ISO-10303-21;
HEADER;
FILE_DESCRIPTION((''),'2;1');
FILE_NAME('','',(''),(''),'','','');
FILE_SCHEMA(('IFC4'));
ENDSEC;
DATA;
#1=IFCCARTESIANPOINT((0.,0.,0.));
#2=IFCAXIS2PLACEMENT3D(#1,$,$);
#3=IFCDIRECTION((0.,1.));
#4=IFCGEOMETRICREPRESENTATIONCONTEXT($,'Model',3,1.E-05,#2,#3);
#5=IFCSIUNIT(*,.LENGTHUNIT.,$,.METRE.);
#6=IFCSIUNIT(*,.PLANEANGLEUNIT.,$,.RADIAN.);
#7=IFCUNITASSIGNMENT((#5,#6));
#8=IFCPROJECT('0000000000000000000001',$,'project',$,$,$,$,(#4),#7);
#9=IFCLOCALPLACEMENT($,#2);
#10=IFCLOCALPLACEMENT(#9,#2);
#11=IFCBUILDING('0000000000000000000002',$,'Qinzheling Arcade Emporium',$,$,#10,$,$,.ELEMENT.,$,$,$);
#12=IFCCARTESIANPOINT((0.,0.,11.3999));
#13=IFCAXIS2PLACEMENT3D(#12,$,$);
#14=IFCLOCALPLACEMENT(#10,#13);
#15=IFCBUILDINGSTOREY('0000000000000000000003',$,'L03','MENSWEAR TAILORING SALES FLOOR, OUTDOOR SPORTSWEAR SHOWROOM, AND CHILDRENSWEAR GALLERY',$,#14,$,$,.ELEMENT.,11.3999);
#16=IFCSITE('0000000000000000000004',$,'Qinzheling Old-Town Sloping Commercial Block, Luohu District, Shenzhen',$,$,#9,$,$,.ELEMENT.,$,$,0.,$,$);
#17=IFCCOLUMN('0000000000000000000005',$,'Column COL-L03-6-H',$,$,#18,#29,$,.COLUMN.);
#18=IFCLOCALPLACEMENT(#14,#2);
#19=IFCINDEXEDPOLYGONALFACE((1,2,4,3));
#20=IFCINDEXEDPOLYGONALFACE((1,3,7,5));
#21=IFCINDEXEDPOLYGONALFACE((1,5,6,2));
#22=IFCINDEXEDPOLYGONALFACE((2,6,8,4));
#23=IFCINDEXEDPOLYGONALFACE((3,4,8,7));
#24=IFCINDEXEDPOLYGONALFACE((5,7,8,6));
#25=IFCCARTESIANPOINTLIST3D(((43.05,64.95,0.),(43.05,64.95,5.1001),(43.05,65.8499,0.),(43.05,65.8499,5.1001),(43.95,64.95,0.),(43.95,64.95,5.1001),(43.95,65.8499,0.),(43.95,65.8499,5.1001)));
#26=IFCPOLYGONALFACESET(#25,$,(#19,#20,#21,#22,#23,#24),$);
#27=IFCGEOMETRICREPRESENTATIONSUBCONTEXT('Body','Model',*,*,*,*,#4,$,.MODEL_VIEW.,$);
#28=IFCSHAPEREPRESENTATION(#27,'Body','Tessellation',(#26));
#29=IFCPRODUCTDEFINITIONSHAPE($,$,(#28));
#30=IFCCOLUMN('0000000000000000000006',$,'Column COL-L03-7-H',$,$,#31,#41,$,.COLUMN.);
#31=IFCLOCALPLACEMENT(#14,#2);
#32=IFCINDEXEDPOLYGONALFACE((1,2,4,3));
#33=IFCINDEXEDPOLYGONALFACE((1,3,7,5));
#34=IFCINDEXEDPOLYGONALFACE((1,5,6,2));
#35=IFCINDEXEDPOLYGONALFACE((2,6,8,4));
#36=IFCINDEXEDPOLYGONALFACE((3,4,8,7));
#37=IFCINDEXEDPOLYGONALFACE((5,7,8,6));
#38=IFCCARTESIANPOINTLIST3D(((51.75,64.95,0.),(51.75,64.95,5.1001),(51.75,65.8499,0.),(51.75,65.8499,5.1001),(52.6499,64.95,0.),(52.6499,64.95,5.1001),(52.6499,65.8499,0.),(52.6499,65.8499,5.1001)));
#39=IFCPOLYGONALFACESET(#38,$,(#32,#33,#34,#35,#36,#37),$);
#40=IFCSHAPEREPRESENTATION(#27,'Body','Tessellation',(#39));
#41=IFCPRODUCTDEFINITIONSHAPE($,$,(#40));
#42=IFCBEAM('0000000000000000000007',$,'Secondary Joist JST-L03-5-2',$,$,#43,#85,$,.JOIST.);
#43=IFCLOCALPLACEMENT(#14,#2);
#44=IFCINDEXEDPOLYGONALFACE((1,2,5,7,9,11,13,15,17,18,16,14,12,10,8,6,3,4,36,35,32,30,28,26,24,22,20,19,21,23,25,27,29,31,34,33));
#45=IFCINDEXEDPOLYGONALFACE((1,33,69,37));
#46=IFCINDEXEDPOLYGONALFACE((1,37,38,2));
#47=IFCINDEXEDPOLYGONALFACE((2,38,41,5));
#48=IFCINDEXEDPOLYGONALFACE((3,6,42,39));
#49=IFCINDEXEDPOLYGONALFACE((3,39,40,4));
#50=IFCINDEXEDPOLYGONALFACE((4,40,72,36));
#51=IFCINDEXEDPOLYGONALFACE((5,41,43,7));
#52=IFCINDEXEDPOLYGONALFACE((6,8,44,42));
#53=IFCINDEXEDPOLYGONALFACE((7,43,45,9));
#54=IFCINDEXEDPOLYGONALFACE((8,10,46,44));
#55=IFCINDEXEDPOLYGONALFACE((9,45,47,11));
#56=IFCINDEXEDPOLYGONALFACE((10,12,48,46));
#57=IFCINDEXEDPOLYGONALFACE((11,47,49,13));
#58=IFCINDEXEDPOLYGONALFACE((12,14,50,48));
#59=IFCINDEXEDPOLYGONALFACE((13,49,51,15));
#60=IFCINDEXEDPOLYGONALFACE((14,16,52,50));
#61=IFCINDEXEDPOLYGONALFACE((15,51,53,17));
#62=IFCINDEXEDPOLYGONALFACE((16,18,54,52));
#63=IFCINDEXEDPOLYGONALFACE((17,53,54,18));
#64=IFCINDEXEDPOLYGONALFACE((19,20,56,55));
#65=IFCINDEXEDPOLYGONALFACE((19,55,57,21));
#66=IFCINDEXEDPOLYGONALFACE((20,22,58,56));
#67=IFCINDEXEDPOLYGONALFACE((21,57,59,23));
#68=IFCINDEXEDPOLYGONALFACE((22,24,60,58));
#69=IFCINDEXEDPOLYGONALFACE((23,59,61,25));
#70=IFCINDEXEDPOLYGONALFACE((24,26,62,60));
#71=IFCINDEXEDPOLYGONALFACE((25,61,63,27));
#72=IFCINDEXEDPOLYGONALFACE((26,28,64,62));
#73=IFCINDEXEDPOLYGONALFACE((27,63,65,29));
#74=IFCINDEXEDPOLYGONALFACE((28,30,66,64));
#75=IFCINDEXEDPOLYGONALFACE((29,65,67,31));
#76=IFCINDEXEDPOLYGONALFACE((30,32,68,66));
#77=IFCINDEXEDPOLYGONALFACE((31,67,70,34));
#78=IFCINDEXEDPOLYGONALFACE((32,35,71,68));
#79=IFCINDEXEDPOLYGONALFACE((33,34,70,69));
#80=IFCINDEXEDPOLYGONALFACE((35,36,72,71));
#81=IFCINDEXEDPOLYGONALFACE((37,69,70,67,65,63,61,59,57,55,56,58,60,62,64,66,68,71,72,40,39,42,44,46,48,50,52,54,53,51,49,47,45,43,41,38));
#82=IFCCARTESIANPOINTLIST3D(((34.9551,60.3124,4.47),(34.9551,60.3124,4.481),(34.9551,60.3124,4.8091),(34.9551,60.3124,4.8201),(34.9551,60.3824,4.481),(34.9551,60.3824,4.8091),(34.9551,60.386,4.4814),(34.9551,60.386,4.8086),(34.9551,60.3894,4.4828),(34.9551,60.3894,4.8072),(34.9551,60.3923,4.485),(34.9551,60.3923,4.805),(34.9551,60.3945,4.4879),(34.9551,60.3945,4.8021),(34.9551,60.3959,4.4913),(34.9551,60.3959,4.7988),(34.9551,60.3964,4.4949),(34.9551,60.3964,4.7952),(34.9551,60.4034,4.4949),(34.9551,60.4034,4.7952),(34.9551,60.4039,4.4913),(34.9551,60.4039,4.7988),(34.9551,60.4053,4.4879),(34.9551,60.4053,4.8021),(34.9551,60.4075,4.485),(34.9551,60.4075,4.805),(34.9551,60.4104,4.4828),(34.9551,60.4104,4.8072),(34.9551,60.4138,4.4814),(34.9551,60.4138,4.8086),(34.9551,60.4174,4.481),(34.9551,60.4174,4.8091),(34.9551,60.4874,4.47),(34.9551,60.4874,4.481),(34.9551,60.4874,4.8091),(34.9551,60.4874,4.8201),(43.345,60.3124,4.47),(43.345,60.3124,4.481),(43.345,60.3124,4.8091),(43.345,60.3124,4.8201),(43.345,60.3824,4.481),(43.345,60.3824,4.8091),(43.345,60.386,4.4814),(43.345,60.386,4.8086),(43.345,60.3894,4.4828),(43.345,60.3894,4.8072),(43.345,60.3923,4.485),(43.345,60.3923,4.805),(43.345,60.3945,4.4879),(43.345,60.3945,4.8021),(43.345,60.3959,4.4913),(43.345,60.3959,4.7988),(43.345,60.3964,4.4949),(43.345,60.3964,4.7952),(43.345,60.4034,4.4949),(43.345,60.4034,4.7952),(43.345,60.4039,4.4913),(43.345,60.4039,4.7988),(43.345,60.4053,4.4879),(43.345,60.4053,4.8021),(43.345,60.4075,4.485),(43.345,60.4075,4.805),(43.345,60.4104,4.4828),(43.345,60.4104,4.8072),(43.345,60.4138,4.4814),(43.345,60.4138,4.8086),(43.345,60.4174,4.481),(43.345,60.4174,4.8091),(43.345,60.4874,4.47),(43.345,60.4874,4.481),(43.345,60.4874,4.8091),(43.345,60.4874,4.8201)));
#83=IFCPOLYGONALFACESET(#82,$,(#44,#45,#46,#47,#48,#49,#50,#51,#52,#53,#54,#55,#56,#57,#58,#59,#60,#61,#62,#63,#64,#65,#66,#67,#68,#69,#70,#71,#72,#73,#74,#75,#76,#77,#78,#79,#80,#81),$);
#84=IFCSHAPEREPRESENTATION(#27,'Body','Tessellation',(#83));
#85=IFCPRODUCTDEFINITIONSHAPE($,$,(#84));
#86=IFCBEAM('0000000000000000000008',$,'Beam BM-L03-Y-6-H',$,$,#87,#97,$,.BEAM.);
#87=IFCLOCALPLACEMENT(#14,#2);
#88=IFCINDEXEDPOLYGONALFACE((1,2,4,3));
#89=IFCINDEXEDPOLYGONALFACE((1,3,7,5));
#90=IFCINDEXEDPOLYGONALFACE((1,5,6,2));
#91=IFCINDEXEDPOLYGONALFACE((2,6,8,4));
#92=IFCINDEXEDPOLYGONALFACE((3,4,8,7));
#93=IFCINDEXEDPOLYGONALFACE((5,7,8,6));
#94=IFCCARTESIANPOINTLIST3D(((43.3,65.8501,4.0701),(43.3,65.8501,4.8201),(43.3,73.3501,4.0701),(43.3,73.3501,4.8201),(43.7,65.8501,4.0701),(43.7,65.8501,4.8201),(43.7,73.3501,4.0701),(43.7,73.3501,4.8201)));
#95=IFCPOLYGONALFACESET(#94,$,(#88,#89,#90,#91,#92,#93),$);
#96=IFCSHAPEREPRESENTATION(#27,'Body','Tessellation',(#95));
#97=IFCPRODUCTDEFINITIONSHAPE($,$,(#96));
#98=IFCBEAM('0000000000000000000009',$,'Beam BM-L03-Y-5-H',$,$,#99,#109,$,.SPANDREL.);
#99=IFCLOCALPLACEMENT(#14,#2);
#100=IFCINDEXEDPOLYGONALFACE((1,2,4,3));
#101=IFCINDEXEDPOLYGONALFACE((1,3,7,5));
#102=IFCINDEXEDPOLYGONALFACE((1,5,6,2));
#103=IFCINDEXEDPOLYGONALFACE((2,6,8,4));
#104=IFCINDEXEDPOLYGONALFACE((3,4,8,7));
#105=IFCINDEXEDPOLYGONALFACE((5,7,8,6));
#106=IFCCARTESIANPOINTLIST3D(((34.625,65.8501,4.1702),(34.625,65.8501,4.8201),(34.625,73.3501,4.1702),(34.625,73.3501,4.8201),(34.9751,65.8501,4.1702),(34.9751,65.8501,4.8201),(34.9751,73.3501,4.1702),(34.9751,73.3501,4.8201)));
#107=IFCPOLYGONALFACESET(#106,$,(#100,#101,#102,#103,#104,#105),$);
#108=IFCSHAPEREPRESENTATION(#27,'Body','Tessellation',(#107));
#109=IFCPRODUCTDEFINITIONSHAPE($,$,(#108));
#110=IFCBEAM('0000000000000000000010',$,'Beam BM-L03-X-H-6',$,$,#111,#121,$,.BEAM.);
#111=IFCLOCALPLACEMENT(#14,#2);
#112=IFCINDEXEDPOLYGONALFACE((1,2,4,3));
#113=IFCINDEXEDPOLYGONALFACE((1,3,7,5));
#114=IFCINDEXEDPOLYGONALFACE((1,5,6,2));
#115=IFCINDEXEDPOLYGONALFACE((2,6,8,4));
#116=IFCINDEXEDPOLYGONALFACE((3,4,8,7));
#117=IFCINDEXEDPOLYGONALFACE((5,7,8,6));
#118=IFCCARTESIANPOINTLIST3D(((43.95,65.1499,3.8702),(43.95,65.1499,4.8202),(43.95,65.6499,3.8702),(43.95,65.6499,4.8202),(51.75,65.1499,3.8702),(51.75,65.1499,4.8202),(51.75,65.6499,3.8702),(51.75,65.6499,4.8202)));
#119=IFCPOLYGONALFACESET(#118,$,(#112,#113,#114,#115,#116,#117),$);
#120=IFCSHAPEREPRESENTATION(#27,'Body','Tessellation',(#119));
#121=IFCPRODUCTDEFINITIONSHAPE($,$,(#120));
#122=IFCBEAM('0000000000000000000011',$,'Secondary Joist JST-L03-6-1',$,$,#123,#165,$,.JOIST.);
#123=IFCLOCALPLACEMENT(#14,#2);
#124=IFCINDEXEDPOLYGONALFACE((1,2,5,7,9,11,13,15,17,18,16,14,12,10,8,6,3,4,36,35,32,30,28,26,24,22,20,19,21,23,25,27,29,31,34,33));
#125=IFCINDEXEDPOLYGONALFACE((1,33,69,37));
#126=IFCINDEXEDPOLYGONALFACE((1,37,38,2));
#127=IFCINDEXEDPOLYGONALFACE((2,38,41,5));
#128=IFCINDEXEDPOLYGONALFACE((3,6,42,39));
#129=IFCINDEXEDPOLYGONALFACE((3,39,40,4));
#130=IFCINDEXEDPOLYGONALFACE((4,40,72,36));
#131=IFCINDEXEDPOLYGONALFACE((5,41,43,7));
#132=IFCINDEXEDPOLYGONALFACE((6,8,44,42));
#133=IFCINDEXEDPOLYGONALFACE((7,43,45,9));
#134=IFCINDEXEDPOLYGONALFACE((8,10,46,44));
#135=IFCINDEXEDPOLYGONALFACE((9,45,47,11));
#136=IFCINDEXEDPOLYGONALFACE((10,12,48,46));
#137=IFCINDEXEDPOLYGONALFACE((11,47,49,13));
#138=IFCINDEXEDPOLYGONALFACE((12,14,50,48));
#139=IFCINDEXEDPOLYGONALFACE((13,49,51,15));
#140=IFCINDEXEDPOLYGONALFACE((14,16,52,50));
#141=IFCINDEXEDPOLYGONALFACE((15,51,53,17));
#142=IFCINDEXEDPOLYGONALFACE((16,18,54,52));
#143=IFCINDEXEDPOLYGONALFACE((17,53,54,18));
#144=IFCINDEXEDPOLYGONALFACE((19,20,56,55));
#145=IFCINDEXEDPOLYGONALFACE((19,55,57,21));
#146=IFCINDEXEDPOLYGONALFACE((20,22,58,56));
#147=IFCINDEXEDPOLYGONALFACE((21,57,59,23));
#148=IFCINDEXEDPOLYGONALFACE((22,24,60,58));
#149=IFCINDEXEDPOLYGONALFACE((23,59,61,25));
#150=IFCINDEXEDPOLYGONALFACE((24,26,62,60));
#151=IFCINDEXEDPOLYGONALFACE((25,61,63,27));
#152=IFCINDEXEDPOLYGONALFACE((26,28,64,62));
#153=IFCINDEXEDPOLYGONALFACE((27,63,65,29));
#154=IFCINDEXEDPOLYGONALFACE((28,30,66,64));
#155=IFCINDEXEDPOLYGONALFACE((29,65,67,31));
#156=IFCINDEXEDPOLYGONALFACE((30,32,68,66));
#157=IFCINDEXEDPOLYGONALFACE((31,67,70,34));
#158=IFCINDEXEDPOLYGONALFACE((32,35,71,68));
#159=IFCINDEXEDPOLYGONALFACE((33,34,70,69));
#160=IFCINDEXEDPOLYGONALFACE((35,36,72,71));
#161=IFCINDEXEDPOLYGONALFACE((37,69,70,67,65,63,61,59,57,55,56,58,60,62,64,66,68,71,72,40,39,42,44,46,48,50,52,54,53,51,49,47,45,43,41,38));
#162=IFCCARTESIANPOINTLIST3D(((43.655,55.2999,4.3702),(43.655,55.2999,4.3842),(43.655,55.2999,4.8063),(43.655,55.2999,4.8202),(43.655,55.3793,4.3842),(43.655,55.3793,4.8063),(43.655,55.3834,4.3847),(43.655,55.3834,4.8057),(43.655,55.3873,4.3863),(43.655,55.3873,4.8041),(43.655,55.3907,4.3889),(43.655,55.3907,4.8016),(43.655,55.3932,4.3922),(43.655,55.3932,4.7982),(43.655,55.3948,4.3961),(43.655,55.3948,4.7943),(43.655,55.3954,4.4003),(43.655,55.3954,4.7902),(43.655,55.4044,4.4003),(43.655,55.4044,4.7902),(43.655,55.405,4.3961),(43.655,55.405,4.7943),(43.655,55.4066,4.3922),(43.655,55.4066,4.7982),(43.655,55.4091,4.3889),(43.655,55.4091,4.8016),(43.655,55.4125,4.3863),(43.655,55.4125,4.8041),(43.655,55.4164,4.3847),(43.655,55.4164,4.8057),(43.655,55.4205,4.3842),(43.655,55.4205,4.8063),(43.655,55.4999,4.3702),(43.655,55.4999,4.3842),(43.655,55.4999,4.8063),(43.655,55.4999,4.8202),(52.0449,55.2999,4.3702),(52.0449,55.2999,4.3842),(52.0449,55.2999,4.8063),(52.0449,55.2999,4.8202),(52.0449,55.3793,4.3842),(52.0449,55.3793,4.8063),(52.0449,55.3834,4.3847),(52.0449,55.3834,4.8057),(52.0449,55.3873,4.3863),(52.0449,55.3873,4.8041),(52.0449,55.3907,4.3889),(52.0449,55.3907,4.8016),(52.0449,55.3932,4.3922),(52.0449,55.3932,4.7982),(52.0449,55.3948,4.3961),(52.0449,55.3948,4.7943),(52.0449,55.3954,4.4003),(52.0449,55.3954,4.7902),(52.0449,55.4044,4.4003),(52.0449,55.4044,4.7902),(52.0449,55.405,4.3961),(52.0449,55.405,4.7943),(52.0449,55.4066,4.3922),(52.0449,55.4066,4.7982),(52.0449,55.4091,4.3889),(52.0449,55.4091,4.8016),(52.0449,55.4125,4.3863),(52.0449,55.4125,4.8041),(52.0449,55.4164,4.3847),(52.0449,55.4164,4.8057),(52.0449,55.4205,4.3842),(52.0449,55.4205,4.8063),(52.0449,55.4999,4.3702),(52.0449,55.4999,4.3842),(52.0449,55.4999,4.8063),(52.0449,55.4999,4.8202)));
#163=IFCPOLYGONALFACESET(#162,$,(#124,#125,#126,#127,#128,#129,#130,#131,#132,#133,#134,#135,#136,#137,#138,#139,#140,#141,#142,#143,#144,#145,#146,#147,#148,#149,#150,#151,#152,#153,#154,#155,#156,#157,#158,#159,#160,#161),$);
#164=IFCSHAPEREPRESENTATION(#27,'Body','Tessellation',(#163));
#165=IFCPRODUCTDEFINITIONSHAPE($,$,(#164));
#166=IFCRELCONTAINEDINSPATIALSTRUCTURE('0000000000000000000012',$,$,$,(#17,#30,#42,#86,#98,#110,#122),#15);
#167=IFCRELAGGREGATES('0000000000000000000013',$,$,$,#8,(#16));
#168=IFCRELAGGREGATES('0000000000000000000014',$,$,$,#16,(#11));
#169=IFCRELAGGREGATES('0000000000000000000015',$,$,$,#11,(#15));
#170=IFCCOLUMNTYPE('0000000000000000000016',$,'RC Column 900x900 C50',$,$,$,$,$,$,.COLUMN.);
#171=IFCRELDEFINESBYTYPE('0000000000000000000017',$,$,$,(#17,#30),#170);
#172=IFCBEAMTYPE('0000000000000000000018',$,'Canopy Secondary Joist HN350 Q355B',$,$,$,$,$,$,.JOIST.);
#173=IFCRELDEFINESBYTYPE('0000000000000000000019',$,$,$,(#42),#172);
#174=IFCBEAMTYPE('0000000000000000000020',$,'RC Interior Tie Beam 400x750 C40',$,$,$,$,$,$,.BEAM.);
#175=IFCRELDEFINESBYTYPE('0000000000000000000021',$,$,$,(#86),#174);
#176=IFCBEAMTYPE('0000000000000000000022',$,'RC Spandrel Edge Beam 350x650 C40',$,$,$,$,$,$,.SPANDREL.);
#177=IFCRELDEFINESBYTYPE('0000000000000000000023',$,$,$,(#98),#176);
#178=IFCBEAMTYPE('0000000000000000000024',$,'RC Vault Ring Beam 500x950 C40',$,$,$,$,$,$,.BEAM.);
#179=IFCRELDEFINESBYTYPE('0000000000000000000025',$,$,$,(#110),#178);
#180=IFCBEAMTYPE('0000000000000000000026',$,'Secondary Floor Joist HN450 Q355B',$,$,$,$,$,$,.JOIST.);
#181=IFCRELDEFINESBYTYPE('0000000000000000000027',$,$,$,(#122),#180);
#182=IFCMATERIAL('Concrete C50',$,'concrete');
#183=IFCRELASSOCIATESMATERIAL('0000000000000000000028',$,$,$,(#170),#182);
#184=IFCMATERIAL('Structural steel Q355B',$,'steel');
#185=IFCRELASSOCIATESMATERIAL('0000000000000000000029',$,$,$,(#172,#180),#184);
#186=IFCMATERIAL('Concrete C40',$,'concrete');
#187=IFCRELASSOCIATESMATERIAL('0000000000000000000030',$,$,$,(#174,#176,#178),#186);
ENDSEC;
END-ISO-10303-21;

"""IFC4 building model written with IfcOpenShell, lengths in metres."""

from ifc_helpers import new_model, si_unit, direction, frame, origin, origin_2d, place, context, subcontext, project, spatial, rectangle, i_section, extrude, material, material_profile, profile_set, type_object, element, save


model = new_model("IFC4")

# Units and contexts
model_context = context("Model", 3, precision=1e-05, world=origin(), true_north=direction((0.0, 1.0)))
body_context = subcontext(model_context, "Body", "Model", "MODEL_VIEW")
ifc_project = project(units=[si_unit("LENGTHUNIT", "METRE"), si_unit("PLANEANGLEUNIT", "RADIAN")], contexts=[model_context])

# Site, building, storey
site_placement = place(None, origin())
site = spatial("IfcSite", under=ifc_project, at=site_placement, Name="Qinzheling Old-Town Sloping Commercial Block, Luohu District, Shenzhen", CompositionType="ELEMENT", RefElevation=0.0)
building_placement = place(site_placement, origin())
building = spatial("IfcBuilding", under=site, at=building_placement, Name="Qinzheling Arcade Emporium", CompositionType="ELEMENT")
storey_placement = place(building_placement, frame((0.0, 0.0, 11.3999)))
storey = spatial("IfcBuildingStorey", under=building, at=storey_placement, Name="L03", Description="MENSWEAR TAILORING SALES FLOOR, OUTDOOR SPORTSWEAR SHOWROOM, AND CHILDRENSWEAR GALLERY", CompositionType="ELEMENT", Elevation=11.3999)

# Columns
ifc_material_1 = material(Name="Concrete C50", Category="concrete")
ifc_material_profile_1 = material_profile(ifc_material_1, rectangle(XDim=0.8999, YDim=0.8999, at=origin_2d()), Name="RC 900x900", Category="concrete")
ifc_profile_set_1 = profile_set([ifc_material_profile_1], Name="Concrete C50")
column_type = type_object("IfcColumnType", Name="RC Column 900x900 C50", PredefinedType="COLUMN", material=ifc_profile_set_1)
for number, where, z_axis, x_axis, name in (
    (1, (43.5, 65.3999, 0.0), (0.0, 0.0, 1.0), (1.0, 0.0, 0.0), "Column COL-L03-6-H"),
    (2, (52.2, 65.3999, 0.0), (0.0, 0.0, 1.0), (1.0, 0.0, 0.0), "Column COL-L03-7-H"),
):
    element("IfcColumn", number, at=place(storey_placement, frame(where, z_axis=z_axis, x_axis=x_axis)), inside=storey, type_object=column_type, Name=name, PredefinedType="COLUMN", context=body_context, shape_type="SweptSolid", body=[
        extrude(rectangle(XDim=0.8999, YDim=0.8999, at=origin_2d()), origin(), (0.0, 0.0, 1.0), 5.1001),
    ])

# Beams
ifc_material_2 = material(Name="Structural steel Q355B", Category="steel")
ifc_material_profile_2 = material_profile(ifc_material_2, i_section(OverallWidth=0.175, OverallDepth=0.3501, WebThickness=0.0071, FlangeThickness=0.011, FilletRadius=0.0139, at=origin_2d()), Name="HN 350x175x7x11", Category="steel")
ifc_profile_set_2 = profile_set([ifc_material_profile_2], Name="Structural steel Q355B")
beam_type_1 = type_object("IfcBeamType", Name="Canopy Secondary Joist HN350 Q355B", PredefinedType="JOIST", material=ifc_profile_set_2)
beam_1_placement = place(storey_placement, frame((34.9551, 60.3999, 4.645), z_axis=(1.0, 0.0, 0.0), x_axis=(0.0, 1.0, 0.0)))
element("IfcBeam", 3, at=beam_1_placement, inside=storey, type_object=beam_type_1, Name="Secondary Joist JST-L03-5-2", PredefinedType="JOIST", context=body_context, shape_type="SweptSolid", body=[
    extrude(i_section(OverallWidth=0.175, OverallDepth=0.3501, WebThickness=0.0071, FlangeThickness=0.011, FilletRadius=0.0139, at=origin_2d()), origin(), (0.0, 0.0, 1.0), 8.3899),
])
ifc_material_3 = material(Name="Concrete C40", Category="concrete")
ifc_material_profile_3 = material_profile(ifc_material_3, rectangle(XDim=0.3999, YDim=0.75, at=origin_2d()), Name="RC 400x750", Category="concrete")
ifc_profile_set_3 = profile_set([ifc_material_profile_3], Name="Concrete C40")
beam_type_2 = type_object("IfcBeamType", Name="RC Interior Tie Beam 400x750 C40", PredefinedType="BEAM", material=ifc_profile_set_3)
beam_2_placement = place(storey_placement, frame((43.5, 65.8501, 4.4451), z_axis=(0.0, 1.0, 0.0), x_axis=(-1.0, 0.0, 0.0)))
element("IfcBeam", 4, at=beam_2_placement, inside=storey, type_object=beam_type_2, Name="Beam BM-L03-Y-6-H", PredefinedType="BEAM", context=body_context, shape_type="SweptSolid", body=[
    extrude(rectangle(XDim=0.3999, YDim=0.75, at=origin_2d()), origin(), (0.0, 0.0, 1.0), 7.5),
])
ifc_material_profile_4 = material_profile(ifc_material_3, rectangle(XDim=0.3501, YDim=0.6499, at=origin_2d()), Name="RC 350x650", Category="concrete")
ifc_profile_set_4 = profile_set([ifc_material_profile_4], Name="Concrete C40")
beam_type_3 = type_object("IfcBeamType", Name="RC Spandrel Edge Beam 350x650 C40", PredefinedType="SPANDREL", material=ifc_profile_set_4)
beam_3_placement = place(storey_placement, frame((34.8, 65.8501, 4.4951), z_axis=(0.0, 1.0, 0.0), x_axis=(-1.0, 0.0, 0.0)))
element("IfcBeam", 5, at=beam_3_placement, inside=storey, type_object=beam_type_3, Name="Beam BM-L03-Y-5-H", PredefinedType="SPANDREL", context=body_context, shape_type="SweptSolid", body=[
    extrude(rectangle(XDim=0.3501, YDim=0.6499, at=origin_2d()), origin(), (0.0, 0.0, 1.0), 7.5),
])
ifc_material_profile_5 = material_profile(ifc_material_3, rectangle(XDim=0.5, YDim=0.95, at=origin_2d()), Name="RC 500x950", Category="concrete")
ifc_profile_set_5 = profile_set([ifc_material_profile_5], Name="Concrete C40")
beam_type_4 = type_object("IfcBeamType", Name="RC Vault Ring Beam 500x950 C40", PredefinedType="BEAM", material=ifc_profile_set_5)
beam_4_placement = place(storey_placement, frame((43.95, 65.3999, 4.3452), z_axis=(1.0, 0.0, 0.0), x_axis=(0.0, 1.0, 0.0)))
element("IfcBeam", 6, at=beam_4_placement, inside=storey, type_object=beam_type_4, Name="Beam BM-L03-X-H-6", PredefinedType="BEAM", context=body_context, shape_type="SweptSolid", body=[
    extrude(rectangle(XDim=0.5, YDim=0.95, at=origin_2d()), origin(), (0.0, 0.0, 1.0), 7.8),
])
ifc_material_profile_6 = material_profile(ifc_material_2, i_section(OverallWidth=0.2, OverallDepth=0.45, WebThickness=0.009, FlangeThickness=0.0139, FilletRadius=0.0161, at=origin_2d()), Name="HN 450x200x9x14", Category="steel")
ifc_profile_set_6 = profile_set([ifc_material_profile_6], Name="Structural steel Q355B")
beam_type_5 = type_object("IfcBeamType", Name="Secondary Floor Joist HN450 Q355B", PredefinedType="JOIST", material=ifc_profile_set_6)
beam_5_placement = place(storey_placement, frame((43.655, 55.3999, 4.5952), z_axis=(1.0, 0.0, 0.0), x_axis=(0.0, 1.0, 0.0)))
element("IfcBeam", 7, at=beam_5_placement, inside=storey, type_object=beam_type_5, Name="Secondary Joist JST-L03-6-1", PredefinedType="JOIST", context=body_context, shape_type="SweptSolid", body=[
    extrude(i_section(OverallWidth=0.2, OverallDepth=0.45, WebThickness=0.009, FlangeThickness=0.0139, FilletRadius=0.0161, at=origin_2d()), origin(), (0.0, 0.0, 1.0), 8.3899),
])

save(model, "model.ifc")
